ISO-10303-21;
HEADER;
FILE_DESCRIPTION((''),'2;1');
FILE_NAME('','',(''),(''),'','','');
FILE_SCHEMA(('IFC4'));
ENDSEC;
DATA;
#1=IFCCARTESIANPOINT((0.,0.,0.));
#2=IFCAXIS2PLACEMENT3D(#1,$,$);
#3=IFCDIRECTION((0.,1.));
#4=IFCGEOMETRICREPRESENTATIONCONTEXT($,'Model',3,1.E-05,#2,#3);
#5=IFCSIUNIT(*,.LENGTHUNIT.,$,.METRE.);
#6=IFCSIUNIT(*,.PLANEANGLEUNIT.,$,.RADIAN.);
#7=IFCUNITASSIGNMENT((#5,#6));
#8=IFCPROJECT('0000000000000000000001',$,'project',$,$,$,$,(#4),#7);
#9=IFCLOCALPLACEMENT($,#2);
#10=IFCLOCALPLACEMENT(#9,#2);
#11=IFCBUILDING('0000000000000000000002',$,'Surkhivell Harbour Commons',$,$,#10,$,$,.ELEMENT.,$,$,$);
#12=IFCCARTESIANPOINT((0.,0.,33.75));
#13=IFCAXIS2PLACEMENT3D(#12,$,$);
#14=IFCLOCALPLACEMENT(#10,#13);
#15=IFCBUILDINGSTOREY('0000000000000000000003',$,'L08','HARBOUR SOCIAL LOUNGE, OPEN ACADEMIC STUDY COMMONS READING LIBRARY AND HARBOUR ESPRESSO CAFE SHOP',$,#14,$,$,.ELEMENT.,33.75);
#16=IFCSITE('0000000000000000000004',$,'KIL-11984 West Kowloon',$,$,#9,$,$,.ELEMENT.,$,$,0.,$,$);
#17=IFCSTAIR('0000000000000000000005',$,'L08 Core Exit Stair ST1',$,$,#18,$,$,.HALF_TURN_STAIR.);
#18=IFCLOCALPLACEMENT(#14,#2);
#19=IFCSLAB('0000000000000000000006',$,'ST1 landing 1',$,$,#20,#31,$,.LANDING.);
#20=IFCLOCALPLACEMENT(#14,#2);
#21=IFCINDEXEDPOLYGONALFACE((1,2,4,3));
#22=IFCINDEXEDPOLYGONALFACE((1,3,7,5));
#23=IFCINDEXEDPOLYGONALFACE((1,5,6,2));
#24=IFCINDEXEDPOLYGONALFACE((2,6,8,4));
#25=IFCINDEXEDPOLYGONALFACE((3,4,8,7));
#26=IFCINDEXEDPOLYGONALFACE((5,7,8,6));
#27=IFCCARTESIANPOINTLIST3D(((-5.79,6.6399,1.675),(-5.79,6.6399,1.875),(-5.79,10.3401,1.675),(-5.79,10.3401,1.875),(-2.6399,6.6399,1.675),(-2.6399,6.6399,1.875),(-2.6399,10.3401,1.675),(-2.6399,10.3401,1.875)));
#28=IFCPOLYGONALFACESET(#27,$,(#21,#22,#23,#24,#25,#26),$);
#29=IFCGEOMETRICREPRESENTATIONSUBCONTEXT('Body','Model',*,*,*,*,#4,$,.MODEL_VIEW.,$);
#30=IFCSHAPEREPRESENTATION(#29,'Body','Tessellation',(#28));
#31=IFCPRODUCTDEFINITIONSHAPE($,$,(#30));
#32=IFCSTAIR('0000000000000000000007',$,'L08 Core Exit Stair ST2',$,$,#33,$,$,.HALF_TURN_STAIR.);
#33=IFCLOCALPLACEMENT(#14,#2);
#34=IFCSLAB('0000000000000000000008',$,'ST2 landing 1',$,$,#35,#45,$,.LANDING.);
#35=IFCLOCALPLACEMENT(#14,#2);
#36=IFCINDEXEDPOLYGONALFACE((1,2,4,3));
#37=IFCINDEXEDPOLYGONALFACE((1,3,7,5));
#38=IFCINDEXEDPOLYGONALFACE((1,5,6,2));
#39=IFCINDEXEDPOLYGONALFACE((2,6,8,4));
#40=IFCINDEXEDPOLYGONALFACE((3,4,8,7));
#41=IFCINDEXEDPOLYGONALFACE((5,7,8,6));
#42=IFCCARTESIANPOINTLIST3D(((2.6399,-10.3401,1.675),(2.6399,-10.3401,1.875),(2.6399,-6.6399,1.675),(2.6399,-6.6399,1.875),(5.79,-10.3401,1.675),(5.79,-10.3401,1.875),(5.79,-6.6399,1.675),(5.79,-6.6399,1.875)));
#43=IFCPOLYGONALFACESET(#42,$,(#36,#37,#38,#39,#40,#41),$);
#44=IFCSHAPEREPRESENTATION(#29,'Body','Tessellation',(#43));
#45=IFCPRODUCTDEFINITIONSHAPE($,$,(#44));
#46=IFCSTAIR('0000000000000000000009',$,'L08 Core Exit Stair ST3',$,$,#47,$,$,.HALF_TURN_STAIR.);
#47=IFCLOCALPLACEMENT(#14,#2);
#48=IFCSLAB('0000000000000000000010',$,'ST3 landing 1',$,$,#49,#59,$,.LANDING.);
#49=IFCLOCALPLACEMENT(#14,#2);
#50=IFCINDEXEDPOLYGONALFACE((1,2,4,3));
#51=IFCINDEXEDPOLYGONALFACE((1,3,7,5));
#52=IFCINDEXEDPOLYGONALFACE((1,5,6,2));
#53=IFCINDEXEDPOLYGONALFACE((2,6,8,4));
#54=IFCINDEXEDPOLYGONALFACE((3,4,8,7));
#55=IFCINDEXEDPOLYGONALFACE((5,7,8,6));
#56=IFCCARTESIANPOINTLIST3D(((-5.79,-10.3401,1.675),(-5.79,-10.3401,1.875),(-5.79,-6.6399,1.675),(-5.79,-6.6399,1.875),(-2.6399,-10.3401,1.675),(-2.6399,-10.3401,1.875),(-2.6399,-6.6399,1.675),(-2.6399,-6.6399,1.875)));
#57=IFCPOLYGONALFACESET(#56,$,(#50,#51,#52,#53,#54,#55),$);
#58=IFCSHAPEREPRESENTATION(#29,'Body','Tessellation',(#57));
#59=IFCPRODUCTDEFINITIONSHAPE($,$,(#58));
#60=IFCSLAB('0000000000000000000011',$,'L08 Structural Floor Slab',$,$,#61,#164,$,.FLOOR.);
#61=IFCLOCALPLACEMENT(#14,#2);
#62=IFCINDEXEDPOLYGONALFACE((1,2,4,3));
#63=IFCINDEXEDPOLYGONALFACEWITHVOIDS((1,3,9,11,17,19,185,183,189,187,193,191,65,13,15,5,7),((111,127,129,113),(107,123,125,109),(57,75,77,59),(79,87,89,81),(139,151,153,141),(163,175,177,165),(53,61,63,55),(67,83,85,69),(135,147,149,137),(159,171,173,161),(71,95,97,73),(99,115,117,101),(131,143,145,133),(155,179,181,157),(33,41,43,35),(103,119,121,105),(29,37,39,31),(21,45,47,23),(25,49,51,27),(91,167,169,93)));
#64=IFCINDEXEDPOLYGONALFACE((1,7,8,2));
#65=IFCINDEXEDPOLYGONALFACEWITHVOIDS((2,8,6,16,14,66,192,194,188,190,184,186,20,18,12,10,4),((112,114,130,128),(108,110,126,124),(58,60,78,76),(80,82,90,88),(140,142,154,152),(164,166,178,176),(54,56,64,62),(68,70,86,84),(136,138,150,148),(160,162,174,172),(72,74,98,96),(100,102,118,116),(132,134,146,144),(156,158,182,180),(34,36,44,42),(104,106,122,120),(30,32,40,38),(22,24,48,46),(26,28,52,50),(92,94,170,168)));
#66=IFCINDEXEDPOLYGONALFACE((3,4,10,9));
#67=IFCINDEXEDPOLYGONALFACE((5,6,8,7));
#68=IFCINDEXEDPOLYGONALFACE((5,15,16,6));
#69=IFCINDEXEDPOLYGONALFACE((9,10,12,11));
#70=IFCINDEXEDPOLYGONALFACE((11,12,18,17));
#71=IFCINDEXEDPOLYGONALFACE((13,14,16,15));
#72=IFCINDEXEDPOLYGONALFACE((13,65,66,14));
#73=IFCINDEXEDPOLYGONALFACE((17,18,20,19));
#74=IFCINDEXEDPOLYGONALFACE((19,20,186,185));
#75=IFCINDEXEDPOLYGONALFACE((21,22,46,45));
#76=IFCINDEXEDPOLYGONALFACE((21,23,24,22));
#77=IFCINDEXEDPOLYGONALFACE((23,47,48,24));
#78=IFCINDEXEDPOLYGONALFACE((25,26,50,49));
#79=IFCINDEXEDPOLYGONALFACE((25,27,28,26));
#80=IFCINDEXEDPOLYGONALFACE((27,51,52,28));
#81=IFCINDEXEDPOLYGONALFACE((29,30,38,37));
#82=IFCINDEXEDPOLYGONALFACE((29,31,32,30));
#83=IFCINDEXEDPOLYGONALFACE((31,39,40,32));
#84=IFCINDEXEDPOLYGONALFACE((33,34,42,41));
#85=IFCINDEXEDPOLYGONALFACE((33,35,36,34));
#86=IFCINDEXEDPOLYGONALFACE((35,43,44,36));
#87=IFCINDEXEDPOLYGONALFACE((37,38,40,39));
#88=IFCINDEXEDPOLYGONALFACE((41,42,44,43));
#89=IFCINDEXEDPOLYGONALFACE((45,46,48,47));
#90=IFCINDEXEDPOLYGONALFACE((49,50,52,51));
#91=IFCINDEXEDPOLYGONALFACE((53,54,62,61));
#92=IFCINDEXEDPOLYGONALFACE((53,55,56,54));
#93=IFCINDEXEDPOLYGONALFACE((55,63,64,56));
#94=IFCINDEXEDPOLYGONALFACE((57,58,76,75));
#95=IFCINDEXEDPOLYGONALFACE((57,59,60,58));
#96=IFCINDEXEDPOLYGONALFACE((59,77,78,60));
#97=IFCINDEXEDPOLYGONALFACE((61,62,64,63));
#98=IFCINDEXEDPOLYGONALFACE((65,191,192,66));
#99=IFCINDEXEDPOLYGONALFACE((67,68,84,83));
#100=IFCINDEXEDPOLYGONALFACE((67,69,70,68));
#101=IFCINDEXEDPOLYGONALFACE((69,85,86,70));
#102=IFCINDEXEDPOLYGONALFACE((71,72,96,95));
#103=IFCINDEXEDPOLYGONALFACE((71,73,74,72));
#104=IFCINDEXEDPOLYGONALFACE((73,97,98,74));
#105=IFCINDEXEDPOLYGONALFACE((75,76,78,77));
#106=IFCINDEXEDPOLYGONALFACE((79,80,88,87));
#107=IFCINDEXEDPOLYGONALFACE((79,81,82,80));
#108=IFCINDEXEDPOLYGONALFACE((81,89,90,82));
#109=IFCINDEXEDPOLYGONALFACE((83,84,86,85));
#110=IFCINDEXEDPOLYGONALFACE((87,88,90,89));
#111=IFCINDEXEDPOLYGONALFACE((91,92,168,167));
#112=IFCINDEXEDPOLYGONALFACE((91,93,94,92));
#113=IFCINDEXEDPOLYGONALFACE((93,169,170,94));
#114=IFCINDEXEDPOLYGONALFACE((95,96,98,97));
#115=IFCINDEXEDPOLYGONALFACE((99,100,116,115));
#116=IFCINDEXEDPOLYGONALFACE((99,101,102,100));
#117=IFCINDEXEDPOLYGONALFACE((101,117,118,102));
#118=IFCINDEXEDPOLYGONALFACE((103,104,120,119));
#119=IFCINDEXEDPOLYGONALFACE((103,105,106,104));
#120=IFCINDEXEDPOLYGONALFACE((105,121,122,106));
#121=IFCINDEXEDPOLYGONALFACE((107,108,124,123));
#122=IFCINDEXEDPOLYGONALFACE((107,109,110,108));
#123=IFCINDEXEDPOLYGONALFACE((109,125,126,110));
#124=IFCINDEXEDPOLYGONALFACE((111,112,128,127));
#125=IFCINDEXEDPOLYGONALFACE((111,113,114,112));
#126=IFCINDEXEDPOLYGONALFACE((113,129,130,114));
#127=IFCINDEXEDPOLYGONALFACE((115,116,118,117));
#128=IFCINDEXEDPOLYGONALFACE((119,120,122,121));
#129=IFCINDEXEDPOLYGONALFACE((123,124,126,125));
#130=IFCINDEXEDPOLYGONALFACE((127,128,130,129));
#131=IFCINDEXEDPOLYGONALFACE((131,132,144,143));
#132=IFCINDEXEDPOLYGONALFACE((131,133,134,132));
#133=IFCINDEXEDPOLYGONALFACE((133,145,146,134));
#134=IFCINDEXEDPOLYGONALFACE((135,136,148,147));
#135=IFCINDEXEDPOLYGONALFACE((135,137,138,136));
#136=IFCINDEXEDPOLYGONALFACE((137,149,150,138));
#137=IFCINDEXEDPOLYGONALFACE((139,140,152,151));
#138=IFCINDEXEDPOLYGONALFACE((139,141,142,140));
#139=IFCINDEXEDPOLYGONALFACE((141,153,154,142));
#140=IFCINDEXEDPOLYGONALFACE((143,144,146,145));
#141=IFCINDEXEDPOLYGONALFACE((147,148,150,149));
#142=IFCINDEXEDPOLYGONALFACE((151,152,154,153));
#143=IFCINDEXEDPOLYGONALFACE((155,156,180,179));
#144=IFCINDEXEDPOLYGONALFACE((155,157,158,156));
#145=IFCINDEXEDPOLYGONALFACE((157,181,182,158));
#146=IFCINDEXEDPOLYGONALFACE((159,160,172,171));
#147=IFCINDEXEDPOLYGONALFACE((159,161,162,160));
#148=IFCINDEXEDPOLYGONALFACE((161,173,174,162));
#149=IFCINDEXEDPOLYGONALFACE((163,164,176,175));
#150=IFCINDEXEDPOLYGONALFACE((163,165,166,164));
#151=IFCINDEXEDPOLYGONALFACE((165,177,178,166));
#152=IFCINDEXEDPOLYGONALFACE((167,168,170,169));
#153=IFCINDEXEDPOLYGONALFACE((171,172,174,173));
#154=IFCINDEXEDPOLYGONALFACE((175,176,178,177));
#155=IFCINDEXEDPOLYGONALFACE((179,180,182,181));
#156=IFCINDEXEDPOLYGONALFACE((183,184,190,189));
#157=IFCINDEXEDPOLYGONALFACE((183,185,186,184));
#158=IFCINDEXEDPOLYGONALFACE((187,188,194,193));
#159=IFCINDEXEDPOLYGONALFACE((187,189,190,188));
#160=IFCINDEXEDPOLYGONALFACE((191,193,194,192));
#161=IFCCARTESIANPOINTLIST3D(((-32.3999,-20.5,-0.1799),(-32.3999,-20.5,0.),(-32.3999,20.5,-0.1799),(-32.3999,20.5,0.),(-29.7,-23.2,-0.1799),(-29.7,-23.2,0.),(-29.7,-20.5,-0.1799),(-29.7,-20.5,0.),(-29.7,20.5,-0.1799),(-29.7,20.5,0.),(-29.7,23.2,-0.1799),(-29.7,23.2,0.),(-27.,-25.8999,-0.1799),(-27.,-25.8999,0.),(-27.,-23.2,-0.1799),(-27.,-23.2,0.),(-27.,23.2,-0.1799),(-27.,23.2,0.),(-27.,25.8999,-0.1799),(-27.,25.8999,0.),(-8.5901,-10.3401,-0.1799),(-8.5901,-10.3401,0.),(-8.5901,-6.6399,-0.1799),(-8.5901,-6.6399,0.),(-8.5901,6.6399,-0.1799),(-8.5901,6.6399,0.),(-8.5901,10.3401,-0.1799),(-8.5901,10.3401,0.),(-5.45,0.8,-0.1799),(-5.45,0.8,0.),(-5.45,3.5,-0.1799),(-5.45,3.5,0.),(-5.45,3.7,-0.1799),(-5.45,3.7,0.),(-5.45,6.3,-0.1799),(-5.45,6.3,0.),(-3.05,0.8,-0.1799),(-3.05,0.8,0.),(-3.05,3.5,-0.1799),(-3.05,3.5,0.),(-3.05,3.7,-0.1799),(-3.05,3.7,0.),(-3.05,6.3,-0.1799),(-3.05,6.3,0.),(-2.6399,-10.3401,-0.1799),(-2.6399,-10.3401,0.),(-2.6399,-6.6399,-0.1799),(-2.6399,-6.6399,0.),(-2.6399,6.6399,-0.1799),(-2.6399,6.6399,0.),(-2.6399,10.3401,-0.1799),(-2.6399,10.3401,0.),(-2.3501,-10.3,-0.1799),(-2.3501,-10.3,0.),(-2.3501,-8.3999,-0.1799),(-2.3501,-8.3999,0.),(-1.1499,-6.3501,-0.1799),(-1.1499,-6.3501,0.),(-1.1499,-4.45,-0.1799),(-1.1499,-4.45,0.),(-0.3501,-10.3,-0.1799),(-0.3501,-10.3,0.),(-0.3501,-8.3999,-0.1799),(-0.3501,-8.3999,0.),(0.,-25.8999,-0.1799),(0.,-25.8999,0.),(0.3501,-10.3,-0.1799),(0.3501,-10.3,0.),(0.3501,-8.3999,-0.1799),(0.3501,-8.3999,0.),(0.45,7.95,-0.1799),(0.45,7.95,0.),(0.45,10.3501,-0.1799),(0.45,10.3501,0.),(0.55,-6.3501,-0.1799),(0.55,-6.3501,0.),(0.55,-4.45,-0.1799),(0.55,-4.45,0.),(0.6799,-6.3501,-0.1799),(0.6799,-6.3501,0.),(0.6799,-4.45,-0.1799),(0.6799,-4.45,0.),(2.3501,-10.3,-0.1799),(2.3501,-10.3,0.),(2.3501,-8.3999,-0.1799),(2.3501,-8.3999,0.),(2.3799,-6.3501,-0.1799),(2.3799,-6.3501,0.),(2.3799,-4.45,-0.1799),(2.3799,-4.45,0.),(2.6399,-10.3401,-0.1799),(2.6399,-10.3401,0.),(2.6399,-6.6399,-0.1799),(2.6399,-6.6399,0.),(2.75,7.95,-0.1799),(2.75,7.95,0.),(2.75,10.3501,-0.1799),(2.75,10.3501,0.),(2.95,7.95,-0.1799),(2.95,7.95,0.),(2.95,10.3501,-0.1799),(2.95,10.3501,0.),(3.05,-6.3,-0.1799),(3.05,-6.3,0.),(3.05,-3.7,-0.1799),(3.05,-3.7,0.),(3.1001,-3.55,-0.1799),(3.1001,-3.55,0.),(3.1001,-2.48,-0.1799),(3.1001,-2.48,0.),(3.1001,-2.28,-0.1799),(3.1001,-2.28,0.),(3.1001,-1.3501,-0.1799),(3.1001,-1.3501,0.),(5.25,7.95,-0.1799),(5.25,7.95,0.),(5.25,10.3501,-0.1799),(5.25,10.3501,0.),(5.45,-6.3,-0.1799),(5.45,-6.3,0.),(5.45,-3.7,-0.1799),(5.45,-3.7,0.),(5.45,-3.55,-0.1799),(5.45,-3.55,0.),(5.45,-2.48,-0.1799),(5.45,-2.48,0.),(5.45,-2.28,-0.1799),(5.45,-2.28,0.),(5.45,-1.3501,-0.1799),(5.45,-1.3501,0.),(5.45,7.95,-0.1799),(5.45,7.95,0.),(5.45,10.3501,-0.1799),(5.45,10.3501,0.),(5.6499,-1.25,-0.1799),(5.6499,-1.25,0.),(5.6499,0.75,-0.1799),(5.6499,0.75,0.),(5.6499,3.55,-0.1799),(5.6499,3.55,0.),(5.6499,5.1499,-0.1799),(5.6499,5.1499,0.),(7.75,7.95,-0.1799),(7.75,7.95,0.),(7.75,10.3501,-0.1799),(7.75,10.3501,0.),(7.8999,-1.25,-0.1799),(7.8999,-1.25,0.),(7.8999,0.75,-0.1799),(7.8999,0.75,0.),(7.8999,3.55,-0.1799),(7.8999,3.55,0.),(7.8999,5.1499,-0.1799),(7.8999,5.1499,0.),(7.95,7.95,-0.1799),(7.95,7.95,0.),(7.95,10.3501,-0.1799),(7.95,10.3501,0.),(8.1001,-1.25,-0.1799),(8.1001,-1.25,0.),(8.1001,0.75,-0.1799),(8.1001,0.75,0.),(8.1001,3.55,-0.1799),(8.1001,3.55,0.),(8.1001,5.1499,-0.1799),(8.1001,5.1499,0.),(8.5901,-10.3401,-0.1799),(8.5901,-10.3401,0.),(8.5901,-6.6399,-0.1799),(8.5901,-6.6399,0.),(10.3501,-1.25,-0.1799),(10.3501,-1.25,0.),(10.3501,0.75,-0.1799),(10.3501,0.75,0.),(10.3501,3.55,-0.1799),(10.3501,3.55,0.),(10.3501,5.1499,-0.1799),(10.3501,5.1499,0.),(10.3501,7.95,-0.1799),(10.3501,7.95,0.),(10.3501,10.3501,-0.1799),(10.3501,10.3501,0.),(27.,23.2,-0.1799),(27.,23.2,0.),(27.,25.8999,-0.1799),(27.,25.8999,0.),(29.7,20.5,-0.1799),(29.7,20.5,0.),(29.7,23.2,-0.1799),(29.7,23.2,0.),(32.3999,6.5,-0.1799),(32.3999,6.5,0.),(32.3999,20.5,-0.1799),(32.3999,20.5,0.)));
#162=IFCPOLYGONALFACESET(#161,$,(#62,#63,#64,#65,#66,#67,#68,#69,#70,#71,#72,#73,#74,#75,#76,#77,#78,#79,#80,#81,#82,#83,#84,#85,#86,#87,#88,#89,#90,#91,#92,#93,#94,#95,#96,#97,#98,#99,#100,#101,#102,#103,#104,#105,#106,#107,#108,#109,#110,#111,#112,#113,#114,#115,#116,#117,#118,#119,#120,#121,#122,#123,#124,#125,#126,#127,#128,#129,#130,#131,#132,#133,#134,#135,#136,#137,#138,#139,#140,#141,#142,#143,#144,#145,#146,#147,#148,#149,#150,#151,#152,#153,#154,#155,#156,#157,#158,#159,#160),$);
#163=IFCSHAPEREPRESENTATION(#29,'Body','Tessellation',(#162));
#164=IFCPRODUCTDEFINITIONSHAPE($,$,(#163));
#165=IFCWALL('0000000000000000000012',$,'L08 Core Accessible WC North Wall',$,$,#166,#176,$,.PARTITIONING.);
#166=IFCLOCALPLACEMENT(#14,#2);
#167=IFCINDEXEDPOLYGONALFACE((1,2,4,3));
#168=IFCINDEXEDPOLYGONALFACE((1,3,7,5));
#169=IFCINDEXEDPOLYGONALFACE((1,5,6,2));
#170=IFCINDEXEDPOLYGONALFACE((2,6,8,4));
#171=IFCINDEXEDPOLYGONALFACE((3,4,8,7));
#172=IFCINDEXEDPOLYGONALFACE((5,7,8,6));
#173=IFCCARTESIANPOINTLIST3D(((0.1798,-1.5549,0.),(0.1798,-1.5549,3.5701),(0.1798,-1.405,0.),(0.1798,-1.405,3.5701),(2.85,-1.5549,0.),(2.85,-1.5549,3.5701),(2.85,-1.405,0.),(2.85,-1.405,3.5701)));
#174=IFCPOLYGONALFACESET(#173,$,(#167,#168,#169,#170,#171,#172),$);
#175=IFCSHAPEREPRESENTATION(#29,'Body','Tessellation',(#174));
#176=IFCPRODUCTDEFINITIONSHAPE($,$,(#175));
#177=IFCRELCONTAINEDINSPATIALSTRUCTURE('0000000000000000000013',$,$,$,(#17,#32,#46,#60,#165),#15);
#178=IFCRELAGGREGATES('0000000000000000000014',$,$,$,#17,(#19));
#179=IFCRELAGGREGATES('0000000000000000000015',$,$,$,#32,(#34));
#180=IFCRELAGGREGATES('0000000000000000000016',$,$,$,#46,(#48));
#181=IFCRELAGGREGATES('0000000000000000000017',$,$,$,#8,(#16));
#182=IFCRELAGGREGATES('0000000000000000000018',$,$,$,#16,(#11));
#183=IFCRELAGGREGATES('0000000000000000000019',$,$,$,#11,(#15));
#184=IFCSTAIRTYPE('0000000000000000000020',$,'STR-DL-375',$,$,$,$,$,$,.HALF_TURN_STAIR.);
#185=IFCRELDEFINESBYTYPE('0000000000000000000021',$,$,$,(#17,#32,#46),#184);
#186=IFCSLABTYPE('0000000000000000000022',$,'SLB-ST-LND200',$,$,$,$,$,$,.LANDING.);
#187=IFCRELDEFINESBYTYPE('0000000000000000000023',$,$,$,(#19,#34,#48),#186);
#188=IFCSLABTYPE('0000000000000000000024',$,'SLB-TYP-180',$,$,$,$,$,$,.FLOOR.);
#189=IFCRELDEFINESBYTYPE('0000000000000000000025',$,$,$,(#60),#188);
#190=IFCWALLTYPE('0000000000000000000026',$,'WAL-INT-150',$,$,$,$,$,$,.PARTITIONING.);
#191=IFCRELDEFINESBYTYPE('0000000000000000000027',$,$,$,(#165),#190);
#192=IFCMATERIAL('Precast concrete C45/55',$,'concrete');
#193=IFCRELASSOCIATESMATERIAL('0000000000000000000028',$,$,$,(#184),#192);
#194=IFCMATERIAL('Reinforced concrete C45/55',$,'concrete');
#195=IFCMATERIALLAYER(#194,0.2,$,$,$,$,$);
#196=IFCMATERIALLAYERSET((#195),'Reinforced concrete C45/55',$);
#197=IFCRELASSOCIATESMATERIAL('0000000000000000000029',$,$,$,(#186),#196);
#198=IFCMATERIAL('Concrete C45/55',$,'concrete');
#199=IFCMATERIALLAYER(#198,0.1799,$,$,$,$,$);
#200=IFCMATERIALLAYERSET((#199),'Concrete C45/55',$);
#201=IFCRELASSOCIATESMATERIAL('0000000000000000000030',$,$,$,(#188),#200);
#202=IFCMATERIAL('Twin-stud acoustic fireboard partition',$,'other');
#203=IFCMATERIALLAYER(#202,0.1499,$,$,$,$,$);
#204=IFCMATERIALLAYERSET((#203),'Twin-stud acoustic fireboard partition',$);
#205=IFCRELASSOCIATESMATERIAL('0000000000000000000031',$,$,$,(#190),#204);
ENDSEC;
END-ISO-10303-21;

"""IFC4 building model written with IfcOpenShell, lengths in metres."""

from ifc_helpers import new_model, si_unit, direction, frame, frame_2d, origin, place, context, subcontext, project, spatial, polyline, rectangle, outline, extrude, material, layer, layer_set, type_object, element, aggregate, save


model = new_model("IFC4")

# Units and contexts
model_context = context("Model", 3, precision=1e-05, world=origin(), true_north=direction((0.0, 1.0)))
body_context = subcontext(model_context, "Body", "Model", "MODEL_VIEW")
ifc_project = project(units=[si_unit("LENGTHUNIT", "METRE"), si_unit("PLANEANGLEUNIT", "RADIAN")], contexts=[model_context])

# Site, building, storey
site_placement = place(None, origin())
site = spatial("IfcSite", under=ifc_project, at=site_placement, Name="KIL-11984 West Kowloon", CompositionType="ELEMENT", RefElevation=0.0)
building_placement = place(site_placement, origin())
building = spatial("IfcBuilding", under=site, at=building_placement, Name="Surkhivell Harbour Commons", CompositionType="ELEMENT")
storey_placement = place(building_placement, frame((0.0, 0.0, 33.75)))
storey = spatial("IfcBuildingStorey", under=building, at=storey_placement, Name="L08", Description="HARBOUR SOCIAL LOUNGE, OPEN ACADEMIC STUDY COMMONS READING LIBRARY AND HARBOUR ESPRESSO CAFE SHOP", CompositionType="ELEMENT", Elevation=33.75)

# Stairs, slabs
ifc_material_1 = material(Name="Precast concrete C45/55", Category="concrete")
stair_type = type_object("IfcStairType", Name="STR-DL-375", PredefinedType="HALF_TURN_STAIR", material=ifc_material_1)
stair_1_placement = place(storey_placement, origin())
stair_1 = element("IfcStair", 1, at=stair_1_placement, inside=storey, type_object=stair_type, Name="L08 Core Exit Stair ST1", PredefinedType="HALF_TURN_STAIR")
ifc_material_2 = material(Name="Reinforced concrete C45/55", Category="concrete")
ifc_layer_1 = layer(ifc_material_2, 0.2)
ifc_layer_set_1 = layer_set([ifc_layer_1], Name="Reinforced concrete C45/55")
slab_type_1 = type_object("IfcSlabType", Name="SLB-ST-LND200", PredefinedType="LANDING", material=ifc_layer_set_1)
slab_1_placement = place(storey_placement, frame((0.0, 0.0, 1.675)))
slab_1 = element("IfcSlab", 2, at=slab_1_placement, type_object=slab_type_1, Name="ST1 landing 1", PredefinedType="LANDING", context=body_context, shape_type="SweptSolid", body=[
    extrude(outline(polyline([(-5.79, 6.6399), (-2.6399, 6.6399), (-2.6399, 10.3401), (-5.79, 10.3401), (-5.79, 6.6399)])), origin(), (0.0, 0.0, 1.0), 0.2),
])
aggregate(stair_1, [slab_1])
stair_2_placement = place(storey_placement, origin())
stair_2 = element("IfcStair", 3, at=stair_2_placement, inside=storey, type_object=stair_type, Name="L08 Core Exit Stair ST2", PredefinedType="HALF_TURN_STAIR")
slab_2_placement = place(storey_placement, frame((0.0, 0.0, 1.675)))
slab_2 = element("IfcSlab", 4, at=slab_2_placement, type_object=slab_type_1, Name="ST2 landing 1", PredefinedType="LANDING", context=body_context, shape_type="SweptSolid", body=[
    extrude(outline(polyline([(5.79, -6.6399), (2.6399, -6.6399), (2.6399, -10.3401), (5.79, -10.3401), (5.79, -6.6399)])), origin(), (0.0, 0.0, 1.0), 0.2),
])
aggregate(stair_2, [slab_2])
stair_3_placement = place(storey_placement, origin())
stair_3 = element("IfcStair", 5, at=stair_3_placement, inside=storey, type_object=stair_type, Name="L08 Core Exit Stair ST3", PredefinedType="HALF_TURN_STAIR")
slab_3_placement = place(storey_placement, frame((0.0, 0.0, 1.675)))
slab_3 = element("IfcSlab", 6, at=slab_3_placement, type_object=slab_type_1, Name="ST3 landing 1", PredefinedType="LANDING", context=body_context, shape_type="SweptSolid", body=[
    extrude(outline(polyline([(-5.79, -10.3401), (-2.6399, -10.3401), (-2.6399, -6.6399), (-5.79, -6.6399), (-5.79, -10.3401)])), origin(), (0.0, 0.0, 1.0), 0.2),
])
aggregate(stair_3, [slab_3])

# Slab
ifc_material_3 = material(Name="Concrete C45/55", Category="concrete")
ifc_layer_2 = layer(ifc_material_3, 0.1799)
ifc_layer_set_2 = layer_set([ifc_layer_2], Name="Concrete C45/55")
slab_type_2 = type_object("IfcSlabType", Name="SLB-TYP-180", PredefinedType="FLOOR", material=ifc_layer_set_2)
slab_4_placement = place(storey_placement, frame((0.0, 0.0, -0.1799)))
element("IfcSlab", 7, at=slab_4_placement, inside=storey, type_object=slab_type_2, Name="L08 Structural Floor Slab", PredefinedType="FLOOR", context=body_context, shape_type="SweptSolid", body=[
    extrude(outline(polyline([(-27.0, -25.8999), (0.0, -25.8999), (32.3999, 6.5), (32.3999, 20.5), (29.7, 20.5), (29.7, 23.2), (27.0, 23.2), (27.0, 25.8999), (-27.0, 25.8999), (-27.0, 23.2), (-29.7, 23.2), (-29.7, 20.5), (-32.3999, 20.5), (-32.3999, -20.5), (-29.7, -20.5), (-29.7, -23.2), (-27.0, -23.2), (-27.0, -25.8999)]), holes=[polyline([(-8.5901, 6.6399), (-2.6399, 6.6399), (-2.6399, 10.3401), (-8.5901, 10.3401), (-8.5901, 6.6399)]), polyline([(8.5901, -6.6399), (2.6399, -6.6399), (2.6399, -10.3401), (8.5901, -10.3401), (8.5901, -6.6399)]), polyline([(-8.5901, -10.3401), (-2.6399, -10.3401), (-2.6399, -6.6399), (-8.5901, -6.6399), (-8.5901, -10.3401)]), polyline([(0.45, 7.95), (2.75, 7.95), (2.75, 10.3501), (0.45, 10.3501), (0.45, 7.95)]), polyline([(2.95, 7.95), (5.25, 7.95), (5.25, 10.3501), (2.95, 10.3501), (2.95, 7.95)]), polyline([(5.45, 7.95), (7.75, 7.95), (7.75, 10.3501), (5.45, 10.3501), (5.45, 7.95)]), polyline([(7.95, 7.95), (10.3501, 7.95), (10.3501, 10.3501), (7.95, 10.3501), (7.95, 7.95)]), polyline([(5.6499, 3.55), (7.8999, 3.55), (7.8999, 5.1499), (5.6499, 5.1499), (5.6499, 3.55)]), polyline([(8.1001, 3.55), (10.3501, 3.55), (10.3501, 5.1499), (8.1001, 5.1499), (8.1001, 3.55)]), polyline([(5.6499, -1.25), (7.8999, -1.25), (7.8999, 0.75), (5.6499, 0.75), (5.6499, -1.25)]), polyline([(8.1001, -1.25), (10.3501, -1.25), (10.3501, 0.75), (8.1001, 0.75), (8.1001, -1.25)]), polyline([(-1.1499, -6.3501), (0.55, -6.3501), (0.55, -4.45), (-1.1499, -4.45), (-1.1499, -6.3501)]), polyline([(0.6799, -6.3501), (2.3799, -6.3501), (2.3799, -4.45), (0.6799, -4.45), (0.6799, -6.3501)]), polyline([(-2.3501, -10.3), (-0.3501, -10.3), (-0.3501, -8.3999), (-2.3501, -8.3999), (-2.3501, -10.3)]), polyline([(0.3501, -10.3), (2.3501, -10.3), (2.3501, -8.3999), (0.3501, -8.3999), (0.3501, -10.3)]), polyline([(-5.45, 3.7), (-3.05, 3.7), (-3.05, 6.3), (-5.45, 6.3), (-5.45, 3.7)]), polyline([(3.05, -6.3), (5.45, -6.3), (5.45, -3.7), (3.05, -3.7), (3.05, -6.3)]), polyline([(-5.45, 0.8), (-3.05, 0.8), (-3.05, 3.5), (-5.45, 3.5), (-5.45, 0.8)]), polyline([(3.1001, -3.55), (5.45, -3.55), (5.45, -2.48), (3.1001, -2.48), (3.1001, -3.55)]), polyline([(3.1001, -2.28), (5.45, -2.28), (5.45, -1.3501), (3.1001, -1.3501), (3.1001, -2.28)])]), origin(), (0.0, 0.0, 1.0), 0.1799),
])

# Wall
ifc_material_4 = material(Name="Twin-stud acoustic fireboard partition", Category="other")
ifc_layer_3 = layer(ifc_material_4, 0.1499)
ifc_layer_set_3 = layer_set([ifc_layer_3], Name="Twin-stud acoustic fireboard partition")
wall_type_1 = type_object("IfcWallType", Name="WAL-INT-150", PredefinedType="PARTITIONING", material=ifc_layer_set_3)
wall_1_placement = place(storey_placement, frame((0.1799, -1.48, 0.0), z_axis=(0.0, 0.0, 1.0), x_axis=(1.0, 0.0, 0.0)))
element("IfcWall", 8, at=wall_1_placement, inside=storey, type_object=wall_type_1, Name="L08 Core Accessible WC North Wall", PredefinedType="PARTITIONING", context=body_context, shape_type="SweptSolid", body=[
    extrude(rectangle(XDim=2.6702, YDim=0.1499, at=frame_2d((1.335, 0.0))), origin(), (0.0, 0.0, 1.0), 3.5701),
])

save(model, "model.ifc")
